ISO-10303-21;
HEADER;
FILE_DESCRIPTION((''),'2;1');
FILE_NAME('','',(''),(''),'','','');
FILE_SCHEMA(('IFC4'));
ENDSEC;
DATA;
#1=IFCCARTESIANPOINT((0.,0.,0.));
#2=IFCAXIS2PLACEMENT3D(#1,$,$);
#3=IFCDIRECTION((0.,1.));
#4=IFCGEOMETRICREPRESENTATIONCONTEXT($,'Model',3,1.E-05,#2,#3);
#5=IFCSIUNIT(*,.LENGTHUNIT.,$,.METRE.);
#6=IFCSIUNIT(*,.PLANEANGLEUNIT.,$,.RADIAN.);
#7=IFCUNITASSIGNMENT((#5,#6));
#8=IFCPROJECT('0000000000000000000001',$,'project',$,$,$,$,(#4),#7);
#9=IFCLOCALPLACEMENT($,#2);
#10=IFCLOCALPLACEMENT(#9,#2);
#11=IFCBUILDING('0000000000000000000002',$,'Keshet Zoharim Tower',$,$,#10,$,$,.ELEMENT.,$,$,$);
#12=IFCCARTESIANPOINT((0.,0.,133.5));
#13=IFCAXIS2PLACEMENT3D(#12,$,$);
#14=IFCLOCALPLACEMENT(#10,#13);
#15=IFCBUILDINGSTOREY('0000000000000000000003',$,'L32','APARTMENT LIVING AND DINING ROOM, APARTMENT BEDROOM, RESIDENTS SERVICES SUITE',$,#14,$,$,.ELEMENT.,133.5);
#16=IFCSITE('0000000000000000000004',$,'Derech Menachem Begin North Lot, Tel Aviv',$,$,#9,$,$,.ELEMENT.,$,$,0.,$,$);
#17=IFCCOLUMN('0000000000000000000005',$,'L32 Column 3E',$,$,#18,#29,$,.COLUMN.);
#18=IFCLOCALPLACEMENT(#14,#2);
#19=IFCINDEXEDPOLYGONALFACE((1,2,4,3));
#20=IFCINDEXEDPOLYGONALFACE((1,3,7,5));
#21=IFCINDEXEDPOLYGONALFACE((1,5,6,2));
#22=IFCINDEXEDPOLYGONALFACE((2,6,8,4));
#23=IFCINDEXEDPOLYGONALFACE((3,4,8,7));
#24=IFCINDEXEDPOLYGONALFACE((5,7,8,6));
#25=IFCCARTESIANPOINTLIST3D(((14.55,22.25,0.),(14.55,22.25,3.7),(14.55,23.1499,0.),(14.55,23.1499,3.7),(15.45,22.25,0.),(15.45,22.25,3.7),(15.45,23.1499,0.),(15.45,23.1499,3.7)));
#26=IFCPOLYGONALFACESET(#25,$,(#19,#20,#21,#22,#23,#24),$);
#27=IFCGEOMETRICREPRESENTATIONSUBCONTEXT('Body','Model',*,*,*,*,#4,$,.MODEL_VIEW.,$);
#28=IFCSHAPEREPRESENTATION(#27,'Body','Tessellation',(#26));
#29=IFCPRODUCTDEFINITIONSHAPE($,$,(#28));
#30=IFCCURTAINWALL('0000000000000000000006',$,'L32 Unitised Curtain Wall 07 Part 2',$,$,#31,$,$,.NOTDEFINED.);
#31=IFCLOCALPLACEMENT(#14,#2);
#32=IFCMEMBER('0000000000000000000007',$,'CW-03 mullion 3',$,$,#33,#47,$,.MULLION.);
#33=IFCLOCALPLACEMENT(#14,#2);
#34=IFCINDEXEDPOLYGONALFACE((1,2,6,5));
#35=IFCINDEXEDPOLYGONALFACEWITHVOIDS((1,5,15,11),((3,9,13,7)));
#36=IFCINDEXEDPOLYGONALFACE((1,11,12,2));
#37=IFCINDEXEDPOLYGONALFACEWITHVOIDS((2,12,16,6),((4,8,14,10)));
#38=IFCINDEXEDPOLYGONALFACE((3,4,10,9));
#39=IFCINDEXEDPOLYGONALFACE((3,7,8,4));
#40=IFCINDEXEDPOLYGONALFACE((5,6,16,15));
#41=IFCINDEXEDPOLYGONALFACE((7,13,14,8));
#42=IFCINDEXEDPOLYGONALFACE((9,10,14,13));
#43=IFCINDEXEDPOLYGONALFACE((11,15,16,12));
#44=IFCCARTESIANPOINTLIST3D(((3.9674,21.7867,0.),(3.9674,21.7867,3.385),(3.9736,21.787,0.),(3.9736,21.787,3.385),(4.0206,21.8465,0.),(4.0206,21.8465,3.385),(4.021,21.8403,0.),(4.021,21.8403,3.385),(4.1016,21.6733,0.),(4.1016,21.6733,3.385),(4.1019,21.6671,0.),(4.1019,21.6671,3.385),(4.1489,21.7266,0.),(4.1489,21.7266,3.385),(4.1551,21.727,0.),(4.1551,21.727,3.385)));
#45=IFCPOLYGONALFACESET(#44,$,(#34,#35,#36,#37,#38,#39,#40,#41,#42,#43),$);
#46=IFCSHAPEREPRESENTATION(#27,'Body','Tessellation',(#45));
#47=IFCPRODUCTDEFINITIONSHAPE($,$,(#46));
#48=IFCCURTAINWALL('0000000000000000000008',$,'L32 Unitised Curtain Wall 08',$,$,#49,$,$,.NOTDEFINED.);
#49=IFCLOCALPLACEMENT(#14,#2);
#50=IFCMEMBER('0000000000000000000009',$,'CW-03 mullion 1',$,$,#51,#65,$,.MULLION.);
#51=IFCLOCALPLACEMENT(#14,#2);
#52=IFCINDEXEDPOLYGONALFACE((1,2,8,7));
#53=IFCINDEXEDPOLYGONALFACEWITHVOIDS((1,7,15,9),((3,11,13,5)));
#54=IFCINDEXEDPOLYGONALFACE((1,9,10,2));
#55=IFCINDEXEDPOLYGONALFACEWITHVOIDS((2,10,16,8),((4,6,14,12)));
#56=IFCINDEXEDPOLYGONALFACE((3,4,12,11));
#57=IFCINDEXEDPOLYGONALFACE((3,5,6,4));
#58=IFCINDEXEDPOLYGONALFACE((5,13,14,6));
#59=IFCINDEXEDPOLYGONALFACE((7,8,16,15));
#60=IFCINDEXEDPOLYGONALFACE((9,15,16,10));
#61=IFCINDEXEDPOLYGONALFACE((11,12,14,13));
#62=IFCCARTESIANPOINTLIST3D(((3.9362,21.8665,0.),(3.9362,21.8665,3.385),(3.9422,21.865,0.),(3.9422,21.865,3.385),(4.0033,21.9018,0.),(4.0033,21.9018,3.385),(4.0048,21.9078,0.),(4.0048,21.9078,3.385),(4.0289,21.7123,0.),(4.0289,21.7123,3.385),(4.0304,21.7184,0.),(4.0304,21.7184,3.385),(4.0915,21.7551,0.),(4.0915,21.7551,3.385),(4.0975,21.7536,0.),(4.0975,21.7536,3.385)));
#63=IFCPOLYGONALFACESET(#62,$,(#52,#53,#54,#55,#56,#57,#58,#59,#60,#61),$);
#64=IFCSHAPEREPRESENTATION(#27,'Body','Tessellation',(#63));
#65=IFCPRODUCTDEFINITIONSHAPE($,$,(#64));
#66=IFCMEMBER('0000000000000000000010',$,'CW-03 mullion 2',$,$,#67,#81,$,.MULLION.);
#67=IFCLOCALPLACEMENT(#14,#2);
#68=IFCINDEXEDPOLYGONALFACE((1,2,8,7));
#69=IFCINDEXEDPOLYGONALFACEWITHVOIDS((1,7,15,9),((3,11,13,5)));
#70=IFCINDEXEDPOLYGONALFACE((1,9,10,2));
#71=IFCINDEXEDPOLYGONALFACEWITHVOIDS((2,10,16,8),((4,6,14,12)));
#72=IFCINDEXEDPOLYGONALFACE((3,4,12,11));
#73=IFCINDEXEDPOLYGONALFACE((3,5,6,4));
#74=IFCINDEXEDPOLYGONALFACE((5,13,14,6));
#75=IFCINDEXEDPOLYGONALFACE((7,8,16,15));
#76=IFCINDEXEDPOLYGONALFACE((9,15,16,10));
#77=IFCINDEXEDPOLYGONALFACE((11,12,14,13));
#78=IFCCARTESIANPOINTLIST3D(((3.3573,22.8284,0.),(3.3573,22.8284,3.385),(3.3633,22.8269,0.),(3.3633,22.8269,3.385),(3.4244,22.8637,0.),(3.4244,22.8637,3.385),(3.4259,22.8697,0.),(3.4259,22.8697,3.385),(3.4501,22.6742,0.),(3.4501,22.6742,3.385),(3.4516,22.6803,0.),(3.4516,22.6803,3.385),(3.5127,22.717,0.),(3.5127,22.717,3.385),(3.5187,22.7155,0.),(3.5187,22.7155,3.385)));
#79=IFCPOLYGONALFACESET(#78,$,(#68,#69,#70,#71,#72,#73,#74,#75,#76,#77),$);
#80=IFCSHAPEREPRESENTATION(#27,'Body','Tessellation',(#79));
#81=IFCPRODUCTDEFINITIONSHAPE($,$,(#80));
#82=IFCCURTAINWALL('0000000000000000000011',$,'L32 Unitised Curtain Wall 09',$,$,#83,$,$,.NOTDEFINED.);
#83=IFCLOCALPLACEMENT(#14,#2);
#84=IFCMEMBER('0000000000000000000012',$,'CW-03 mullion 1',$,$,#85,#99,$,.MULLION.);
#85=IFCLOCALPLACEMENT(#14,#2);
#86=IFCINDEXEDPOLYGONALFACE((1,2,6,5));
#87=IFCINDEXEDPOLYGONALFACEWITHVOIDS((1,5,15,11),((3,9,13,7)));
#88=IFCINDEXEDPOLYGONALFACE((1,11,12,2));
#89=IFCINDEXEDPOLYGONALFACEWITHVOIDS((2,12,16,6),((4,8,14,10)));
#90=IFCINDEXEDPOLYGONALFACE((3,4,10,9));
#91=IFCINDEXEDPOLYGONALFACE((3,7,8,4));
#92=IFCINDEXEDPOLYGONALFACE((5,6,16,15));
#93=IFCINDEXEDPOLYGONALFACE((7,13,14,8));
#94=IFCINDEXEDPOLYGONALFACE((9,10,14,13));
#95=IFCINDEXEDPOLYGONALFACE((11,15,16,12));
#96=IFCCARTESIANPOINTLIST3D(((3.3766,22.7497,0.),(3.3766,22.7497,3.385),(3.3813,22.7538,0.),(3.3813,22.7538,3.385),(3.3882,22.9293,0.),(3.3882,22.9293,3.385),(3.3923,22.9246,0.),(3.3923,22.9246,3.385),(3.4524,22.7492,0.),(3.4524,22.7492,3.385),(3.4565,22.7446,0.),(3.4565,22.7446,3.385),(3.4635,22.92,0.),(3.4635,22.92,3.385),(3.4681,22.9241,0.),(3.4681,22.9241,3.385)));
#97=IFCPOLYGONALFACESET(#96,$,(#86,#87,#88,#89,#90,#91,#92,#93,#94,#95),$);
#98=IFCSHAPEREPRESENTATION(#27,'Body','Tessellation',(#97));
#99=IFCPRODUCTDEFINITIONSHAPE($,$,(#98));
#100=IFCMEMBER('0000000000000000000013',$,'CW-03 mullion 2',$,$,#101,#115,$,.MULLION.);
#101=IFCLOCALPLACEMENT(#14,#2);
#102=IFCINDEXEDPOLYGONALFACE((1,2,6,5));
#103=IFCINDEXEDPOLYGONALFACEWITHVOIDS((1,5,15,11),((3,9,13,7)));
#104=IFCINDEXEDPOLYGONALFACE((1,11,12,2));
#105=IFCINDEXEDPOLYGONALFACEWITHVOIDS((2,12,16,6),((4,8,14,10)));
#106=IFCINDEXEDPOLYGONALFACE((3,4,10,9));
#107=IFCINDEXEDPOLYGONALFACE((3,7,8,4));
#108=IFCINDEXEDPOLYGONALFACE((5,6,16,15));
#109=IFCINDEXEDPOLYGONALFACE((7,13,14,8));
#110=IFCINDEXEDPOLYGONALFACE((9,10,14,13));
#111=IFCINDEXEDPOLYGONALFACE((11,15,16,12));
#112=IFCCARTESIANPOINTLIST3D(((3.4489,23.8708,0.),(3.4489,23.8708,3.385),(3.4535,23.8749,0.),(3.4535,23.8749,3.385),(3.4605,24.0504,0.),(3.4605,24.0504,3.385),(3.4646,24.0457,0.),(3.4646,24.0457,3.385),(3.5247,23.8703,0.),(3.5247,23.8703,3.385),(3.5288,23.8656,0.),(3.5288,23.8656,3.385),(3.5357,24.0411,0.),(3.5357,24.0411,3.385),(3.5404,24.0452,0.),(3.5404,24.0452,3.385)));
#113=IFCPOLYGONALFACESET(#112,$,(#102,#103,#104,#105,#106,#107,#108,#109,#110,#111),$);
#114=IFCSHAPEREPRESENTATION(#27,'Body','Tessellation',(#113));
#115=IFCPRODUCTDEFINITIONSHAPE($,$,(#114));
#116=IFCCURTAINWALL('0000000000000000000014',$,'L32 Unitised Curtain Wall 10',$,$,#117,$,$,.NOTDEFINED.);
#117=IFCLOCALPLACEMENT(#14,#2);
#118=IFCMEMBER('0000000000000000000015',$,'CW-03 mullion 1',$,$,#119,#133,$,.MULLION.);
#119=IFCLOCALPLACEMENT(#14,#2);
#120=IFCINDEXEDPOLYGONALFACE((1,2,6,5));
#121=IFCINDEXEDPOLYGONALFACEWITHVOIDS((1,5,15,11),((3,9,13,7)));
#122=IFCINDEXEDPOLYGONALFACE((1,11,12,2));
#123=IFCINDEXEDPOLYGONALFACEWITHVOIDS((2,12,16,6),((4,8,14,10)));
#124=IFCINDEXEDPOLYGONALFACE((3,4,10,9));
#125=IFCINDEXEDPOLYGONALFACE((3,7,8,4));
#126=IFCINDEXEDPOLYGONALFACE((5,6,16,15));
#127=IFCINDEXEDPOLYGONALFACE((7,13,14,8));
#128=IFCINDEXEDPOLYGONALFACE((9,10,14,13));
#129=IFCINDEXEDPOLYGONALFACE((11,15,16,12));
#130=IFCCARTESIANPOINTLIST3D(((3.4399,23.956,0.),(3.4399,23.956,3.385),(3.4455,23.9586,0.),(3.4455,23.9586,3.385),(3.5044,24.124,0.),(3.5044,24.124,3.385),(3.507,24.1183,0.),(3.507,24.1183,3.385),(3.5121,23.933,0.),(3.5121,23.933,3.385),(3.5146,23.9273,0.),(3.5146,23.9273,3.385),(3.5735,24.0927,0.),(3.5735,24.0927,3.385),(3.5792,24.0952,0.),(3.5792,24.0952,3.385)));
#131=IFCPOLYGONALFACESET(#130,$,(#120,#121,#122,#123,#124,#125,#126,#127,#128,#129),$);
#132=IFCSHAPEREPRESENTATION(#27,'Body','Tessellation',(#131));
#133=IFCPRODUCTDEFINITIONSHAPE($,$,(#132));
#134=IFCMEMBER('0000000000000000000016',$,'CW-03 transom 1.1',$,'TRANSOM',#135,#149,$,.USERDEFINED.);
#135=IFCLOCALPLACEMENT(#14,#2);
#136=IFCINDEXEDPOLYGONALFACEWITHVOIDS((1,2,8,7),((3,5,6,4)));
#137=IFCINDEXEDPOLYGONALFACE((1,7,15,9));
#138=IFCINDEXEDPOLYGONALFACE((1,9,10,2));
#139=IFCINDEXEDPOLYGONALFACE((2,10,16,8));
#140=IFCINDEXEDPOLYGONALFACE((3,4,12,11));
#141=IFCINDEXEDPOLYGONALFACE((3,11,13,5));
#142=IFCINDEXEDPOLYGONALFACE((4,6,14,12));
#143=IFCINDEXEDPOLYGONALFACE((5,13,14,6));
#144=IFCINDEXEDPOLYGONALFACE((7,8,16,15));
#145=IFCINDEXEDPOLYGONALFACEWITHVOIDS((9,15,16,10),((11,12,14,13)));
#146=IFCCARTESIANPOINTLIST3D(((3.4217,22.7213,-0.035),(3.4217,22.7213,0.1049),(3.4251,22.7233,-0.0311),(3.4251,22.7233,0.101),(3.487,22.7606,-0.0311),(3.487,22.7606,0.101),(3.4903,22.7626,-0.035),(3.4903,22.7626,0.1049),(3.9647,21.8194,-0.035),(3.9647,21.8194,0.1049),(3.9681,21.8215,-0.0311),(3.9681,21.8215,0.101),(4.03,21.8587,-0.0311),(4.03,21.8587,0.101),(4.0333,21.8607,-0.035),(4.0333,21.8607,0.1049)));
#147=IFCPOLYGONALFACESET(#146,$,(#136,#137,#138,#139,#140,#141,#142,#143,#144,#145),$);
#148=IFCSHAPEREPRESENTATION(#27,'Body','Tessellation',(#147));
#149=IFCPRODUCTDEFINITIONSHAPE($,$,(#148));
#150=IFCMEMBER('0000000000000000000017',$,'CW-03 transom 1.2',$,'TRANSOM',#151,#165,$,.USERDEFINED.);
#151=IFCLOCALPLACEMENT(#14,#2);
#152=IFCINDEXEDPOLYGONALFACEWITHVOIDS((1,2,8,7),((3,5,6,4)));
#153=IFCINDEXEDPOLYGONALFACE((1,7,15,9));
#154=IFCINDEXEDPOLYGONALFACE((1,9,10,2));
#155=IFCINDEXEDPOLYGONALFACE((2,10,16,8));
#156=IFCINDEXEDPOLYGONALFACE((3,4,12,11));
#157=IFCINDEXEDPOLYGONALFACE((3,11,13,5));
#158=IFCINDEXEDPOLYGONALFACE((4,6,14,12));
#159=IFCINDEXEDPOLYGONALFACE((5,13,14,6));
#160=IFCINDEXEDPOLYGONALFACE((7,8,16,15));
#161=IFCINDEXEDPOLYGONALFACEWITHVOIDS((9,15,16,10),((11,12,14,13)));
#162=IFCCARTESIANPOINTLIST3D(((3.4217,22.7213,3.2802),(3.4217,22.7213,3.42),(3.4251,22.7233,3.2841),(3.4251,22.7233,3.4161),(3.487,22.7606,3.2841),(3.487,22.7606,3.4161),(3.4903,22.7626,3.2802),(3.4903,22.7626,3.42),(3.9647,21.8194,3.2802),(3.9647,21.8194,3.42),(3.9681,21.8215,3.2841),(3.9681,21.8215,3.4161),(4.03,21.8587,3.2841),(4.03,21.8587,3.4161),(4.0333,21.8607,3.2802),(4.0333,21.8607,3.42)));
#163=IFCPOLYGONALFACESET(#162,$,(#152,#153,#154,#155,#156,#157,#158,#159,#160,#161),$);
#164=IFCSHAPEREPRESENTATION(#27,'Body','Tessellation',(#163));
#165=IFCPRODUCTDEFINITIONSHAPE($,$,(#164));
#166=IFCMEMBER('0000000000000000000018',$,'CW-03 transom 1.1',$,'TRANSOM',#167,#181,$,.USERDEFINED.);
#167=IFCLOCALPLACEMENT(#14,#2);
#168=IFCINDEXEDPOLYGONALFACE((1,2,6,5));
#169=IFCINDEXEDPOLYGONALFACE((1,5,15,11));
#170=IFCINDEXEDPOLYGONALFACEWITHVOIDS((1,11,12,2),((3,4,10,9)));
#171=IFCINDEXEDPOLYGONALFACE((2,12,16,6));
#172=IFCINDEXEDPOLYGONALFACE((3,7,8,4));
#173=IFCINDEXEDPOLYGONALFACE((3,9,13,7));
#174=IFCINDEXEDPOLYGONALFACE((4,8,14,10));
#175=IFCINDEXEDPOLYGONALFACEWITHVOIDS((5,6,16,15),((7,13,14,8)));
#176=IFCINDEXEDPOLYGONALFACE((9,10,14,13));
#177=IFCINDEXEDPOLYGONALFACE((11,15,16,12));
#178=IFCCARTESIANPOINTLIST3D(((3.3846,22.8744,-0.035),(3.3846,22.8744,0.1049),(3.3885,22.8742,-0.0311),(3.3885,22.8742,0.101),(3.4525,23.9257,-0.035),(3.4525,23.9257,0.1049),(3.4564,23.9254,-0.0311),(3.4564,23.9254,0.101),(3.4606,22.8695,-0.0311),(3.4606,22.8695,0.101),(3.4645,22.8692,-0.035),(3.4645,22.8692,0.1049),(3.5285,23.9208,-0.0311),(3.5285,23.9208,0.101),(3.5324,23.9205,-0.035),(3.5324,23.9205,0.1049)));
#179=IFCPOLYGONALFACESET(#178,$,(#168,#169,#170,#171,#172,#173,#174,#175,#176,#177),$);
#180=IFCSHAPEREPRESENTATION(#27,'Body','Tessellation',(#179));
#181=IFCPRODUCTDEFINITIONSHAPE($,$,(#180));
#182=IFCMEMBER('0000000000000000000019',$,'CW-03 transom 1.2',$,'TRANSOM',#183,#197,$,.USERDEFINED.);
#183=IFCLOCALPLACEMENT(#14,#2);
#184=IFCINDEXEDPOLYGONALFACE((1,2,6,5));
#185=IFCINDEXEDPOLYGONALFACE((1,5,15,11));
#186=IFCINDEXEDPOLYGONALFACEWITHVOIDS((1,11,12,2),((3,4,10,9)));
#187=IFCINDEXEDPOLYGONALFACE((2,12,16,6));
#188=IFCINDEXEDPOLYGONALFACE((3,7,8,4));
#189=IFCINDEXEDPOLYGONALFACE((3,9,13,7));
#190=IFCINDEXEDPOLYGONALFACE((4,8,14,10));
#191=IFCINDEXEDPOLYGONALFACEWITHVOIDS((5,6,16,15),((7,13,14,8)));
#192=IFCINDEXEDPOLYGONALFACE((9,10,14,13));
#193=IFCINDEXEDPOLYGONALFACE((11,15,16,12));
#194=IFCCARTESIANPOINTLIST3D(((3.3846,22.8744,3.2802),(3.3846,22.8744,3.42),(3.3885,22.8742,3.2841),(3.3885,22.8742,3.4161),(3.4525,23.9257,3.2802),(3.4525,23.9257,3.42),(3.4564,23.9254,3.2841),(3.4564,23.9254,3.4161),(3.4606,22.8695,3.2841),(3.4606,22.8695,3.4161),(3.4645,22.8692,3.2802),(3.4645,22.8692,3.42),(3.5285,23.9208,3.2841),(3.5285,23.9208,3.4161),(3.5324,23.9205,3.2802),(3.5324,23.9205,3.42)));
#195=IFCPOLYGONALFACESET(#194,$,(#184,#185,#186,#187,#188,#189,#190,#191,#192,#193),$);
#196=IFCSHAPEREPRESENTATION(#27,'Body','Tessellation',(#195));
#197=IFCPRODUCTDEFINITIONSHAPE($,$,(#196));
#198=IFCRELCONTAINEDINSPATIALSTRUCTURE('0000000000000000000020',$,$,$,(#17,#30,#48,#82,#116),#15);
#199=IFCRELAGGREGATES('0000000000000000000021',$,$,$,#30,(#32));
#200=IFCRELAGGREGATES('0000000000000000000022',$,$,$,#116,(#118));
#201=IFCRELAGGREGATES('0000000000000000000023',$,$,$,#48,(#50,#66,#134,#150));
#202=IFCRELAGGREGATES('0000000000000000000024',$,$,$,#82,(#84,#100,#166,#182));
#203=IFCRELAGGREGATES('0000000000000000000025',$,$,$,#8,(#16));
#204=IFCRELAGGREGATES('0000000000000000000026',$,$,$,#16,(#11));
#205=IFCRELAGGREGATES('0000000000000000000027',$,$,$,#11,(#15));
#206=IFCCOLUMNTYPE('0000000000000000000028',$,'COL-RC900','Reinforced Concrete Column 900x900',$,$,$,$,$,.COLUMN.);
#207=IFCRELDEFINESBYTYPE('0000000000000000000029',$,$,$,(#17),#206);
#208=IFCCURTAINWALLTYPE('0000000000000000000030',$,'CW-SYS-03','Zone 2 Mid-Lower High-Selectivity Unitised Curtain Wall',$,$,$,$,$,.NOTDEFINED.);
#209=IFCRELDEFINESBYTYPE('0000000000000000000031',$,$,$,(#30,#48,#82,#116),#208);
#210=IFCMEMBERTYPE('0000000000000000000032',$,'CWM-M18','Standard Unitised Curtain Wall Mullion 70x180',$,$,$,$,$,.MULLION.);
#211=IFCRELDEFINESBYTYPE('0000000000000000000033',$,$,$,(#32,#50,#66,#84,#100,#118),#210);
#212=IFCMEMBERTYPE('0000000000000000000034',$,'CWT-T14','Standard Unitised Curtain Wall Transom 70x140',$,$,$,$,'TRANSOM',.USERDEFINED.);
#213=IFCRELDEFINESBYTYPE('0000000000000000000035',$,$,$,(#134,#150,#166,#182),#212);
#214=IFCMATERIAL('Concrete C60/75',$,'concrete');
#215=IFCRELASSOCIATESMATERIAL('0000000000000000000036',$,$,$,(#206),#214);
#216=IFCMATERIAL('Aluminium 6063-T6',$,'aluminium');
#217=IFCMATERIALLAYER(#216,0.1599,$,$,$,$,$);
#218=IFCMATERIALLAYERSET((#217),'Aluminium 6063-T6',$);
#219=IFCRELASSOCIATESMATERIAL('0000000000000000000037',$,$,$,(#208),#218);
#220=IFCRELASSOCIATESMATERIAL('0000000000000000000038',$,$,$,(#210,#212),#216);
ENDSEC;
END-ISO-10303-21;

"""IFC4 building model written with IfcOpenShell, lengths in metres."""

from ifc_helpers import new_model, si_unit, direction, frame, origin, origin_2d, place, context, subcontext, project, spatial, rectangle, hollow_rectangle, extrude, material, layer, layer_set, material_profile, profile_set, type_object, element, aggregate, save


model = new_model("IFC4")

# Units and contexts
model_context = context("Model", 3, precision=1e-05, world=origin(), true_north=direction((0.0, 1.0)))
body_context = subcontext(model_context, "Body", "Model", "MODEL_VIEW")
ifc_project = project(units=[si_unit("LENGTHUNIT", "METRE"), si_unit("PLANEANGLEUNIT", "RADIAN")], contexts=[model_context])

# Site, building, storey
site_placement = place(None, origin())
site = spatial("IfcSite", under=ifc_project, at=site_placement, Name="Derech Menachem Begin North Lot, Tel Aviv", CompositionType="ELEMENT", RefElevation=0.0)
building_placement = place(site_placement, origin())
building = spatial("IfcBuilding", under=site, at=building_placement, Name="Keshet Zoharim Tower", CompositionType="ELEMENT")
storey_placement = place(building_placement, frame((0.0, 0.0, 133.5)))
storey = spatial("IfcBuildingStorey", under=building, at=storey_placement, Name="L32", Description="APARTMENT LIVING AND DINING ROOM, APARTMENT BEDROOM, RESIDENTS SERVICES SUITE", CompositionType="ELEMENT", Elevation=133.5)

# Column
ifc_material_1 = material(Name="Concrete C60/75", Category="concrete")
ifc_material_profile_1 = material_profile(ifc_material_1, rectangle(XDim=0.8999, YDim=0.8999, at=origin_2d()), Name="RC900x900")
ifc_profile_set_1 = profile_set([ifc_material_profile_1], Name="Concrete C60/75")
column_type = type_object("IfcColumnType", Name="COL-RC900", Description="Reinforced Concrete Column 900x900", PredefinedType="COLUMN", material=ifc_profile_set_1)
column_placement = place(storey_placement, frame((15.0, 22.7, 0.0), z_axis=(0.0, 0.0, 1.0), x_axis=(1.0, 0.0, 0.0)))
element("IfcColumn", 1, at=column_placement, inside=storey, type_object=column_type, Name="L32 Column 3E", PredefinedType="COLUMN", context=body_context, shape_type="SweptSolid", body=[
    extrude(rectangle(XDim=0.8999, YDim=0.8999, at=origin_2d()), origin(), (0.0, 0.0, 1.0), 3.7),
])

# Curtain wall, member
ifc_material_2 = material(Name="Aluminium 6063-T6", Category="aluminium")
ifc_layer_1 = layer(ifc_material_2, 0.1599)
ifc_layer_set_1 = layer_set([ifc_layer_1], Name="Aluminium 6063-T6")
curtain_wall_type = type_object("IfcCurtainWallType", Name="CW-SYS-03", Description="Zone 2 Mid-Lower High-Selectivity Unitised Curtain Wall", PredefinedType="NOTDEFINED", material=ifc_layer_set_1)
curtain_wall_1_placement = place(storey_placement, origin())
curtain_wall_1 = element("IfcCurtainWall", 2, at=curtain_wall_1_placement, inside=storey, type_object=curtain_wall_type, Name="L32 Unitised Curtain Wall 07 Part 2", PredefinedType="NOTDEFINED")
ifc_material_profile_2 = material_profile(ifc_material_2, hollow_rectangle(XDim=0.0801, YDim=0.1799, WallThickness=0.0044, at=origin_2d()), Name="MUL-80x180")
ifc_profile_set_2 = profile_set([ifc_material_profile_2], Name="Aluminium 6063-T6")
member_type_1 = type_object("IfcMemberType", Name="CWM-M18", Description="Standard Unitised Curtain Wall Mullion 70x180", PredefinedType="MULLION", material=ifc_profile_set_2)
member_1_placement = place(storey_placement, frame((4.0613, 21.7568, 0.0), z_axis=(0.0, 0.0, 1.0), x_axis=(-0.664364, -0.74741, 0.0)))
member_1 = element("IfcMember", 3, at=member_1_placement, type_object=member_type_1, Name="CW-03 mullion 3", PredefinedType="MULLION", context=body_context, shape_type="SweptSolid", body=[
    extrude(hollow_rectangle(XDim=0.0801, YDim=0.1799, WallThickness=0.0044, at=origin_2d()), origin(), (0.0, 0.0, 1.0), 3.385),
])
aggregate(curtain_wall_1, [member_1])

# Curtain walls, members
curtain_wall_2_placement = place(storey_placement, origin())
curtain_wall_2 = element("IfcCurtainWall", 4, at=curtain_wall_2_placement, inside=storey, type_object=curtain_wall_type, Name="L32 Unitised Curtain Wall 08", PredefinedType="NOTDEFINED")
member_2_placement = place(storey_placement, frame((4.0168, 21.8101, 0.0), z_axis=(0.0, 0.0, 1.0), x_axis=(-0.856826, -0.515605, 0.0)))
member_2 = element("IfcMember", 5, at=member_2_placement, type_object=member_type_1, Name="CW-03 mullion 1", PredefinedType="MULLION", context=body_context, shape_type="SweptSolid", body=[
    extrude(hollow_rectangle(XDim=0.0801, YDim=0.1799, WallThickness=0.0044, at=origin_2d()), origin(), (0.0, 0.0, 1.0), 3.385),
])
member_3_placement = place(storey_placement, frame((3.438, 22.772, 0.0), z_axis=(0.0, 0.0, 1.0), x_axis=(-0.856826, -0.515605, 0.0)))
member_3 = element("IfcMember", 6, at=member_3_placement, type_object=member_type_1, Name="CW-03 mullion 2", PredefinedType="MULLION", context=body_context, shape_type="SweptSolid", body=[
    extrude(hollow_rectangle(XDim=0.0801, YDim=0.1799, WallThickness=0.0044, at=origin_2d()), origin(), (0.0, 0.0, 1.0), 3.385),
])
curtain_wall_3_placement = place(storey_placement, origin())
curtain_wall_3 = element("IfcCurtainWall", 7, at=curtain_wall_3_placement, inside=storey, type_object=curtain_wall_type, Name="L32 Unitised Curtain Wall 09", PredefinedType="NOTDEFINED")
member_4_placement = place(storey_placement, frame((3.4224, 22.8369, 0.0), z_axis=(0.0, 0.0, 1.0), x_axis=(-0.997917, 0.064517, 0.0)))
member_4 = element("IfcMember", 8, at=member_4_placement, type_object=member_type_1, Name="CW-03 mullion 1", PredefinedType="MULLION", context=body_context, shape_type="SweptSolid", body=[
    extrude(hollow_rectangle(XDim=0.0801, YDim=0.1799, WallThickness=0.0044, at=origin_2d()), origin(), (0.0, 0.0, 1.0), 3.385),
])
member_5_placement = place(storey_placement, frame((3.4946, 23.958, 0.0), z_axis=(0.0, 0.0, 1.0), x_axis=(-0.997917, 0.064517, 0.0)))
member_5 = element("IfcMember", 9, at=member_5_placement, type_object=member_type_1, Name="CW-03 mullion 2", PredefinedType="MULLION", context=body_context, shape_type="SweptSolid", body=[
    extrude(hollow_rectangle(XDim=0.0801, YDim=0.1799, WallThickness=0.0044, at=origin_2d()), origin(), (0.0, 0.0, 1.0), 3.385),
])

# Curtain wall, member
curtain_wall_4_placement = place(storey_placement, origin())
curtain_wall_4 = element("IfcCurtainWall", 10, at=curtain_wall_4_placement, inside=storey, type_object=curtain_wall_type, Name="L32 Unitised Curtain Wall 10", PredefinedType="NOTDEFINED")
member_6_placement = place(storey_placement, frame((3.5095, 24.0256, 0.0), z_axis=(0.0, 0.0, 1.0), x_axis=(-0.933341, 0.35899, 0.0)))
member_6 = element("IfcMember", 11, at=member_6_placement, type_object=member_type_1, Name="CW-03 mullion 1", PredefinedType="MULLION", context=body_context, shape_type="SweptSolid", body=[
    extrude(hollow_rectangle(XDim=0.0801, YDim=0.1799, WallThickness=0.0044, at=origin_2d()), origin(), (0.0, 0.0, 1.0), 3.385),
])

# Members
ifc_material_profile_3 = material_profile(ifc_material_2, hollow_rectangle(XDim=0.0801, YDim=0.1399, WallThickness=0.0039, at=origin_2d()), Name="TRN-80x140")
ifc_profile_set_3 = profile_set([ifc_material_profile_3], Name="Aluminium 6063-T6")
member_type_2 = type_object("IfcMemberType", Name="CWT-T14", Description="Standard Unitised Curtain Wall Transom 70x140", ElementType="TRANSOM", PredefinedType="USERDEFINED", material=ifc_profile_set_3)
member_7_placement = place(storey_placement, frame((3.999, 21.8401, 0.0349), z_axis=(-0.515791, 0.856714, 0.0), x_axis=(-0.856714, -0.515791, 0.0)))
member_7 = element("IfcMember", 12, at=member_7_placement, type_object=member_type_2, Name="CW-03 transom 1.1", ObjectType="TRANSOM", PredefinedType="USERDEFINED", context=body_context, shape_type="SweptSolid", body=[
    extrude(hollow_rectangle(XDim=0.0801, YDim=0.1399, WallThickness=0.0039, at=origin_2d()), origin(), (0.0, 0.0, 1.0), 1.0527),
])
member_8_placement = place(storey_placement, frame((3.999, 21.8401, 3.3501), z_axis=(-0.515791, 0.856714, 0.0), x_axis=(-0.856714, -0.515791, 0.0)))
member_8 = element("IfcMember", 13, at=member_8_placement, type_object=member_type_2, Name="CW-03 transom 1.2", ObjectType="TRANSOM", PredefinedType="USERDEFINED", context=body_context, shape_type="SweptSolid", body=[
    extrude(hollow_rectangle(XDim=0.0801, YDim=0.1399, WallThickness=0.0039, at=origin_2d()), origin(), (0.0, 0.0, 1.0), 1.0527),
])
member_9_placement = place(storey_placement, frame((3.4246, 22.8718, 0.0349), z_axis=(0.064427, 0.997922, 0.0), x_axis=(-0.997922, 0.064427, 0.0)))
member_9 = element("IfcMember", 14, at=member_9_placement, type_object=member_type_2, Name="CW-03 transom 1.1", ObjectType="TRANSOM", PredefinedType="USERDEFINED", context=body_context, shape_type="SweptSolid", body=[
    extrude(hollow_rectangle(XDim=0.0801, YDim=0.1399, WallThickness=0.0039, at=origin_2d()), origin(), (0.0, 0.0, 1.0), 1.0535),
])
member_10_placement = place(storey_placement, frame((3.4246, 22.8718, 3.3501), z_axis=(0.064427, 0.997922, 0.0), x_axis=(-0.997922, 0.064427, 0.0)))
member_10 = element("IfcMember", 15, at=member_10_placement, type_object=member_type_2, Name="CW-03 transom 1.2", ObjectType="TRANSOM", PredefinedType="USERDEFINED", context=body_context, shape_type="SweptSolid", body=[
    extrude(hollow_rectangle(XDim=0.0801, YDim=0.1399, WallThickness=0.0039, at=origin_2d()), origin(), (0.0, 0.0, 1.0), 1.0535),
])
aggregate(curtain_wall_4, [member_6])

aggregate(curtain_wall_2, [member_2, member_3, member_7, member_8])
aggregate(curtain_wall_3, [member_4, member_5, member_9, member_10])

save(model, "model.ifc")
